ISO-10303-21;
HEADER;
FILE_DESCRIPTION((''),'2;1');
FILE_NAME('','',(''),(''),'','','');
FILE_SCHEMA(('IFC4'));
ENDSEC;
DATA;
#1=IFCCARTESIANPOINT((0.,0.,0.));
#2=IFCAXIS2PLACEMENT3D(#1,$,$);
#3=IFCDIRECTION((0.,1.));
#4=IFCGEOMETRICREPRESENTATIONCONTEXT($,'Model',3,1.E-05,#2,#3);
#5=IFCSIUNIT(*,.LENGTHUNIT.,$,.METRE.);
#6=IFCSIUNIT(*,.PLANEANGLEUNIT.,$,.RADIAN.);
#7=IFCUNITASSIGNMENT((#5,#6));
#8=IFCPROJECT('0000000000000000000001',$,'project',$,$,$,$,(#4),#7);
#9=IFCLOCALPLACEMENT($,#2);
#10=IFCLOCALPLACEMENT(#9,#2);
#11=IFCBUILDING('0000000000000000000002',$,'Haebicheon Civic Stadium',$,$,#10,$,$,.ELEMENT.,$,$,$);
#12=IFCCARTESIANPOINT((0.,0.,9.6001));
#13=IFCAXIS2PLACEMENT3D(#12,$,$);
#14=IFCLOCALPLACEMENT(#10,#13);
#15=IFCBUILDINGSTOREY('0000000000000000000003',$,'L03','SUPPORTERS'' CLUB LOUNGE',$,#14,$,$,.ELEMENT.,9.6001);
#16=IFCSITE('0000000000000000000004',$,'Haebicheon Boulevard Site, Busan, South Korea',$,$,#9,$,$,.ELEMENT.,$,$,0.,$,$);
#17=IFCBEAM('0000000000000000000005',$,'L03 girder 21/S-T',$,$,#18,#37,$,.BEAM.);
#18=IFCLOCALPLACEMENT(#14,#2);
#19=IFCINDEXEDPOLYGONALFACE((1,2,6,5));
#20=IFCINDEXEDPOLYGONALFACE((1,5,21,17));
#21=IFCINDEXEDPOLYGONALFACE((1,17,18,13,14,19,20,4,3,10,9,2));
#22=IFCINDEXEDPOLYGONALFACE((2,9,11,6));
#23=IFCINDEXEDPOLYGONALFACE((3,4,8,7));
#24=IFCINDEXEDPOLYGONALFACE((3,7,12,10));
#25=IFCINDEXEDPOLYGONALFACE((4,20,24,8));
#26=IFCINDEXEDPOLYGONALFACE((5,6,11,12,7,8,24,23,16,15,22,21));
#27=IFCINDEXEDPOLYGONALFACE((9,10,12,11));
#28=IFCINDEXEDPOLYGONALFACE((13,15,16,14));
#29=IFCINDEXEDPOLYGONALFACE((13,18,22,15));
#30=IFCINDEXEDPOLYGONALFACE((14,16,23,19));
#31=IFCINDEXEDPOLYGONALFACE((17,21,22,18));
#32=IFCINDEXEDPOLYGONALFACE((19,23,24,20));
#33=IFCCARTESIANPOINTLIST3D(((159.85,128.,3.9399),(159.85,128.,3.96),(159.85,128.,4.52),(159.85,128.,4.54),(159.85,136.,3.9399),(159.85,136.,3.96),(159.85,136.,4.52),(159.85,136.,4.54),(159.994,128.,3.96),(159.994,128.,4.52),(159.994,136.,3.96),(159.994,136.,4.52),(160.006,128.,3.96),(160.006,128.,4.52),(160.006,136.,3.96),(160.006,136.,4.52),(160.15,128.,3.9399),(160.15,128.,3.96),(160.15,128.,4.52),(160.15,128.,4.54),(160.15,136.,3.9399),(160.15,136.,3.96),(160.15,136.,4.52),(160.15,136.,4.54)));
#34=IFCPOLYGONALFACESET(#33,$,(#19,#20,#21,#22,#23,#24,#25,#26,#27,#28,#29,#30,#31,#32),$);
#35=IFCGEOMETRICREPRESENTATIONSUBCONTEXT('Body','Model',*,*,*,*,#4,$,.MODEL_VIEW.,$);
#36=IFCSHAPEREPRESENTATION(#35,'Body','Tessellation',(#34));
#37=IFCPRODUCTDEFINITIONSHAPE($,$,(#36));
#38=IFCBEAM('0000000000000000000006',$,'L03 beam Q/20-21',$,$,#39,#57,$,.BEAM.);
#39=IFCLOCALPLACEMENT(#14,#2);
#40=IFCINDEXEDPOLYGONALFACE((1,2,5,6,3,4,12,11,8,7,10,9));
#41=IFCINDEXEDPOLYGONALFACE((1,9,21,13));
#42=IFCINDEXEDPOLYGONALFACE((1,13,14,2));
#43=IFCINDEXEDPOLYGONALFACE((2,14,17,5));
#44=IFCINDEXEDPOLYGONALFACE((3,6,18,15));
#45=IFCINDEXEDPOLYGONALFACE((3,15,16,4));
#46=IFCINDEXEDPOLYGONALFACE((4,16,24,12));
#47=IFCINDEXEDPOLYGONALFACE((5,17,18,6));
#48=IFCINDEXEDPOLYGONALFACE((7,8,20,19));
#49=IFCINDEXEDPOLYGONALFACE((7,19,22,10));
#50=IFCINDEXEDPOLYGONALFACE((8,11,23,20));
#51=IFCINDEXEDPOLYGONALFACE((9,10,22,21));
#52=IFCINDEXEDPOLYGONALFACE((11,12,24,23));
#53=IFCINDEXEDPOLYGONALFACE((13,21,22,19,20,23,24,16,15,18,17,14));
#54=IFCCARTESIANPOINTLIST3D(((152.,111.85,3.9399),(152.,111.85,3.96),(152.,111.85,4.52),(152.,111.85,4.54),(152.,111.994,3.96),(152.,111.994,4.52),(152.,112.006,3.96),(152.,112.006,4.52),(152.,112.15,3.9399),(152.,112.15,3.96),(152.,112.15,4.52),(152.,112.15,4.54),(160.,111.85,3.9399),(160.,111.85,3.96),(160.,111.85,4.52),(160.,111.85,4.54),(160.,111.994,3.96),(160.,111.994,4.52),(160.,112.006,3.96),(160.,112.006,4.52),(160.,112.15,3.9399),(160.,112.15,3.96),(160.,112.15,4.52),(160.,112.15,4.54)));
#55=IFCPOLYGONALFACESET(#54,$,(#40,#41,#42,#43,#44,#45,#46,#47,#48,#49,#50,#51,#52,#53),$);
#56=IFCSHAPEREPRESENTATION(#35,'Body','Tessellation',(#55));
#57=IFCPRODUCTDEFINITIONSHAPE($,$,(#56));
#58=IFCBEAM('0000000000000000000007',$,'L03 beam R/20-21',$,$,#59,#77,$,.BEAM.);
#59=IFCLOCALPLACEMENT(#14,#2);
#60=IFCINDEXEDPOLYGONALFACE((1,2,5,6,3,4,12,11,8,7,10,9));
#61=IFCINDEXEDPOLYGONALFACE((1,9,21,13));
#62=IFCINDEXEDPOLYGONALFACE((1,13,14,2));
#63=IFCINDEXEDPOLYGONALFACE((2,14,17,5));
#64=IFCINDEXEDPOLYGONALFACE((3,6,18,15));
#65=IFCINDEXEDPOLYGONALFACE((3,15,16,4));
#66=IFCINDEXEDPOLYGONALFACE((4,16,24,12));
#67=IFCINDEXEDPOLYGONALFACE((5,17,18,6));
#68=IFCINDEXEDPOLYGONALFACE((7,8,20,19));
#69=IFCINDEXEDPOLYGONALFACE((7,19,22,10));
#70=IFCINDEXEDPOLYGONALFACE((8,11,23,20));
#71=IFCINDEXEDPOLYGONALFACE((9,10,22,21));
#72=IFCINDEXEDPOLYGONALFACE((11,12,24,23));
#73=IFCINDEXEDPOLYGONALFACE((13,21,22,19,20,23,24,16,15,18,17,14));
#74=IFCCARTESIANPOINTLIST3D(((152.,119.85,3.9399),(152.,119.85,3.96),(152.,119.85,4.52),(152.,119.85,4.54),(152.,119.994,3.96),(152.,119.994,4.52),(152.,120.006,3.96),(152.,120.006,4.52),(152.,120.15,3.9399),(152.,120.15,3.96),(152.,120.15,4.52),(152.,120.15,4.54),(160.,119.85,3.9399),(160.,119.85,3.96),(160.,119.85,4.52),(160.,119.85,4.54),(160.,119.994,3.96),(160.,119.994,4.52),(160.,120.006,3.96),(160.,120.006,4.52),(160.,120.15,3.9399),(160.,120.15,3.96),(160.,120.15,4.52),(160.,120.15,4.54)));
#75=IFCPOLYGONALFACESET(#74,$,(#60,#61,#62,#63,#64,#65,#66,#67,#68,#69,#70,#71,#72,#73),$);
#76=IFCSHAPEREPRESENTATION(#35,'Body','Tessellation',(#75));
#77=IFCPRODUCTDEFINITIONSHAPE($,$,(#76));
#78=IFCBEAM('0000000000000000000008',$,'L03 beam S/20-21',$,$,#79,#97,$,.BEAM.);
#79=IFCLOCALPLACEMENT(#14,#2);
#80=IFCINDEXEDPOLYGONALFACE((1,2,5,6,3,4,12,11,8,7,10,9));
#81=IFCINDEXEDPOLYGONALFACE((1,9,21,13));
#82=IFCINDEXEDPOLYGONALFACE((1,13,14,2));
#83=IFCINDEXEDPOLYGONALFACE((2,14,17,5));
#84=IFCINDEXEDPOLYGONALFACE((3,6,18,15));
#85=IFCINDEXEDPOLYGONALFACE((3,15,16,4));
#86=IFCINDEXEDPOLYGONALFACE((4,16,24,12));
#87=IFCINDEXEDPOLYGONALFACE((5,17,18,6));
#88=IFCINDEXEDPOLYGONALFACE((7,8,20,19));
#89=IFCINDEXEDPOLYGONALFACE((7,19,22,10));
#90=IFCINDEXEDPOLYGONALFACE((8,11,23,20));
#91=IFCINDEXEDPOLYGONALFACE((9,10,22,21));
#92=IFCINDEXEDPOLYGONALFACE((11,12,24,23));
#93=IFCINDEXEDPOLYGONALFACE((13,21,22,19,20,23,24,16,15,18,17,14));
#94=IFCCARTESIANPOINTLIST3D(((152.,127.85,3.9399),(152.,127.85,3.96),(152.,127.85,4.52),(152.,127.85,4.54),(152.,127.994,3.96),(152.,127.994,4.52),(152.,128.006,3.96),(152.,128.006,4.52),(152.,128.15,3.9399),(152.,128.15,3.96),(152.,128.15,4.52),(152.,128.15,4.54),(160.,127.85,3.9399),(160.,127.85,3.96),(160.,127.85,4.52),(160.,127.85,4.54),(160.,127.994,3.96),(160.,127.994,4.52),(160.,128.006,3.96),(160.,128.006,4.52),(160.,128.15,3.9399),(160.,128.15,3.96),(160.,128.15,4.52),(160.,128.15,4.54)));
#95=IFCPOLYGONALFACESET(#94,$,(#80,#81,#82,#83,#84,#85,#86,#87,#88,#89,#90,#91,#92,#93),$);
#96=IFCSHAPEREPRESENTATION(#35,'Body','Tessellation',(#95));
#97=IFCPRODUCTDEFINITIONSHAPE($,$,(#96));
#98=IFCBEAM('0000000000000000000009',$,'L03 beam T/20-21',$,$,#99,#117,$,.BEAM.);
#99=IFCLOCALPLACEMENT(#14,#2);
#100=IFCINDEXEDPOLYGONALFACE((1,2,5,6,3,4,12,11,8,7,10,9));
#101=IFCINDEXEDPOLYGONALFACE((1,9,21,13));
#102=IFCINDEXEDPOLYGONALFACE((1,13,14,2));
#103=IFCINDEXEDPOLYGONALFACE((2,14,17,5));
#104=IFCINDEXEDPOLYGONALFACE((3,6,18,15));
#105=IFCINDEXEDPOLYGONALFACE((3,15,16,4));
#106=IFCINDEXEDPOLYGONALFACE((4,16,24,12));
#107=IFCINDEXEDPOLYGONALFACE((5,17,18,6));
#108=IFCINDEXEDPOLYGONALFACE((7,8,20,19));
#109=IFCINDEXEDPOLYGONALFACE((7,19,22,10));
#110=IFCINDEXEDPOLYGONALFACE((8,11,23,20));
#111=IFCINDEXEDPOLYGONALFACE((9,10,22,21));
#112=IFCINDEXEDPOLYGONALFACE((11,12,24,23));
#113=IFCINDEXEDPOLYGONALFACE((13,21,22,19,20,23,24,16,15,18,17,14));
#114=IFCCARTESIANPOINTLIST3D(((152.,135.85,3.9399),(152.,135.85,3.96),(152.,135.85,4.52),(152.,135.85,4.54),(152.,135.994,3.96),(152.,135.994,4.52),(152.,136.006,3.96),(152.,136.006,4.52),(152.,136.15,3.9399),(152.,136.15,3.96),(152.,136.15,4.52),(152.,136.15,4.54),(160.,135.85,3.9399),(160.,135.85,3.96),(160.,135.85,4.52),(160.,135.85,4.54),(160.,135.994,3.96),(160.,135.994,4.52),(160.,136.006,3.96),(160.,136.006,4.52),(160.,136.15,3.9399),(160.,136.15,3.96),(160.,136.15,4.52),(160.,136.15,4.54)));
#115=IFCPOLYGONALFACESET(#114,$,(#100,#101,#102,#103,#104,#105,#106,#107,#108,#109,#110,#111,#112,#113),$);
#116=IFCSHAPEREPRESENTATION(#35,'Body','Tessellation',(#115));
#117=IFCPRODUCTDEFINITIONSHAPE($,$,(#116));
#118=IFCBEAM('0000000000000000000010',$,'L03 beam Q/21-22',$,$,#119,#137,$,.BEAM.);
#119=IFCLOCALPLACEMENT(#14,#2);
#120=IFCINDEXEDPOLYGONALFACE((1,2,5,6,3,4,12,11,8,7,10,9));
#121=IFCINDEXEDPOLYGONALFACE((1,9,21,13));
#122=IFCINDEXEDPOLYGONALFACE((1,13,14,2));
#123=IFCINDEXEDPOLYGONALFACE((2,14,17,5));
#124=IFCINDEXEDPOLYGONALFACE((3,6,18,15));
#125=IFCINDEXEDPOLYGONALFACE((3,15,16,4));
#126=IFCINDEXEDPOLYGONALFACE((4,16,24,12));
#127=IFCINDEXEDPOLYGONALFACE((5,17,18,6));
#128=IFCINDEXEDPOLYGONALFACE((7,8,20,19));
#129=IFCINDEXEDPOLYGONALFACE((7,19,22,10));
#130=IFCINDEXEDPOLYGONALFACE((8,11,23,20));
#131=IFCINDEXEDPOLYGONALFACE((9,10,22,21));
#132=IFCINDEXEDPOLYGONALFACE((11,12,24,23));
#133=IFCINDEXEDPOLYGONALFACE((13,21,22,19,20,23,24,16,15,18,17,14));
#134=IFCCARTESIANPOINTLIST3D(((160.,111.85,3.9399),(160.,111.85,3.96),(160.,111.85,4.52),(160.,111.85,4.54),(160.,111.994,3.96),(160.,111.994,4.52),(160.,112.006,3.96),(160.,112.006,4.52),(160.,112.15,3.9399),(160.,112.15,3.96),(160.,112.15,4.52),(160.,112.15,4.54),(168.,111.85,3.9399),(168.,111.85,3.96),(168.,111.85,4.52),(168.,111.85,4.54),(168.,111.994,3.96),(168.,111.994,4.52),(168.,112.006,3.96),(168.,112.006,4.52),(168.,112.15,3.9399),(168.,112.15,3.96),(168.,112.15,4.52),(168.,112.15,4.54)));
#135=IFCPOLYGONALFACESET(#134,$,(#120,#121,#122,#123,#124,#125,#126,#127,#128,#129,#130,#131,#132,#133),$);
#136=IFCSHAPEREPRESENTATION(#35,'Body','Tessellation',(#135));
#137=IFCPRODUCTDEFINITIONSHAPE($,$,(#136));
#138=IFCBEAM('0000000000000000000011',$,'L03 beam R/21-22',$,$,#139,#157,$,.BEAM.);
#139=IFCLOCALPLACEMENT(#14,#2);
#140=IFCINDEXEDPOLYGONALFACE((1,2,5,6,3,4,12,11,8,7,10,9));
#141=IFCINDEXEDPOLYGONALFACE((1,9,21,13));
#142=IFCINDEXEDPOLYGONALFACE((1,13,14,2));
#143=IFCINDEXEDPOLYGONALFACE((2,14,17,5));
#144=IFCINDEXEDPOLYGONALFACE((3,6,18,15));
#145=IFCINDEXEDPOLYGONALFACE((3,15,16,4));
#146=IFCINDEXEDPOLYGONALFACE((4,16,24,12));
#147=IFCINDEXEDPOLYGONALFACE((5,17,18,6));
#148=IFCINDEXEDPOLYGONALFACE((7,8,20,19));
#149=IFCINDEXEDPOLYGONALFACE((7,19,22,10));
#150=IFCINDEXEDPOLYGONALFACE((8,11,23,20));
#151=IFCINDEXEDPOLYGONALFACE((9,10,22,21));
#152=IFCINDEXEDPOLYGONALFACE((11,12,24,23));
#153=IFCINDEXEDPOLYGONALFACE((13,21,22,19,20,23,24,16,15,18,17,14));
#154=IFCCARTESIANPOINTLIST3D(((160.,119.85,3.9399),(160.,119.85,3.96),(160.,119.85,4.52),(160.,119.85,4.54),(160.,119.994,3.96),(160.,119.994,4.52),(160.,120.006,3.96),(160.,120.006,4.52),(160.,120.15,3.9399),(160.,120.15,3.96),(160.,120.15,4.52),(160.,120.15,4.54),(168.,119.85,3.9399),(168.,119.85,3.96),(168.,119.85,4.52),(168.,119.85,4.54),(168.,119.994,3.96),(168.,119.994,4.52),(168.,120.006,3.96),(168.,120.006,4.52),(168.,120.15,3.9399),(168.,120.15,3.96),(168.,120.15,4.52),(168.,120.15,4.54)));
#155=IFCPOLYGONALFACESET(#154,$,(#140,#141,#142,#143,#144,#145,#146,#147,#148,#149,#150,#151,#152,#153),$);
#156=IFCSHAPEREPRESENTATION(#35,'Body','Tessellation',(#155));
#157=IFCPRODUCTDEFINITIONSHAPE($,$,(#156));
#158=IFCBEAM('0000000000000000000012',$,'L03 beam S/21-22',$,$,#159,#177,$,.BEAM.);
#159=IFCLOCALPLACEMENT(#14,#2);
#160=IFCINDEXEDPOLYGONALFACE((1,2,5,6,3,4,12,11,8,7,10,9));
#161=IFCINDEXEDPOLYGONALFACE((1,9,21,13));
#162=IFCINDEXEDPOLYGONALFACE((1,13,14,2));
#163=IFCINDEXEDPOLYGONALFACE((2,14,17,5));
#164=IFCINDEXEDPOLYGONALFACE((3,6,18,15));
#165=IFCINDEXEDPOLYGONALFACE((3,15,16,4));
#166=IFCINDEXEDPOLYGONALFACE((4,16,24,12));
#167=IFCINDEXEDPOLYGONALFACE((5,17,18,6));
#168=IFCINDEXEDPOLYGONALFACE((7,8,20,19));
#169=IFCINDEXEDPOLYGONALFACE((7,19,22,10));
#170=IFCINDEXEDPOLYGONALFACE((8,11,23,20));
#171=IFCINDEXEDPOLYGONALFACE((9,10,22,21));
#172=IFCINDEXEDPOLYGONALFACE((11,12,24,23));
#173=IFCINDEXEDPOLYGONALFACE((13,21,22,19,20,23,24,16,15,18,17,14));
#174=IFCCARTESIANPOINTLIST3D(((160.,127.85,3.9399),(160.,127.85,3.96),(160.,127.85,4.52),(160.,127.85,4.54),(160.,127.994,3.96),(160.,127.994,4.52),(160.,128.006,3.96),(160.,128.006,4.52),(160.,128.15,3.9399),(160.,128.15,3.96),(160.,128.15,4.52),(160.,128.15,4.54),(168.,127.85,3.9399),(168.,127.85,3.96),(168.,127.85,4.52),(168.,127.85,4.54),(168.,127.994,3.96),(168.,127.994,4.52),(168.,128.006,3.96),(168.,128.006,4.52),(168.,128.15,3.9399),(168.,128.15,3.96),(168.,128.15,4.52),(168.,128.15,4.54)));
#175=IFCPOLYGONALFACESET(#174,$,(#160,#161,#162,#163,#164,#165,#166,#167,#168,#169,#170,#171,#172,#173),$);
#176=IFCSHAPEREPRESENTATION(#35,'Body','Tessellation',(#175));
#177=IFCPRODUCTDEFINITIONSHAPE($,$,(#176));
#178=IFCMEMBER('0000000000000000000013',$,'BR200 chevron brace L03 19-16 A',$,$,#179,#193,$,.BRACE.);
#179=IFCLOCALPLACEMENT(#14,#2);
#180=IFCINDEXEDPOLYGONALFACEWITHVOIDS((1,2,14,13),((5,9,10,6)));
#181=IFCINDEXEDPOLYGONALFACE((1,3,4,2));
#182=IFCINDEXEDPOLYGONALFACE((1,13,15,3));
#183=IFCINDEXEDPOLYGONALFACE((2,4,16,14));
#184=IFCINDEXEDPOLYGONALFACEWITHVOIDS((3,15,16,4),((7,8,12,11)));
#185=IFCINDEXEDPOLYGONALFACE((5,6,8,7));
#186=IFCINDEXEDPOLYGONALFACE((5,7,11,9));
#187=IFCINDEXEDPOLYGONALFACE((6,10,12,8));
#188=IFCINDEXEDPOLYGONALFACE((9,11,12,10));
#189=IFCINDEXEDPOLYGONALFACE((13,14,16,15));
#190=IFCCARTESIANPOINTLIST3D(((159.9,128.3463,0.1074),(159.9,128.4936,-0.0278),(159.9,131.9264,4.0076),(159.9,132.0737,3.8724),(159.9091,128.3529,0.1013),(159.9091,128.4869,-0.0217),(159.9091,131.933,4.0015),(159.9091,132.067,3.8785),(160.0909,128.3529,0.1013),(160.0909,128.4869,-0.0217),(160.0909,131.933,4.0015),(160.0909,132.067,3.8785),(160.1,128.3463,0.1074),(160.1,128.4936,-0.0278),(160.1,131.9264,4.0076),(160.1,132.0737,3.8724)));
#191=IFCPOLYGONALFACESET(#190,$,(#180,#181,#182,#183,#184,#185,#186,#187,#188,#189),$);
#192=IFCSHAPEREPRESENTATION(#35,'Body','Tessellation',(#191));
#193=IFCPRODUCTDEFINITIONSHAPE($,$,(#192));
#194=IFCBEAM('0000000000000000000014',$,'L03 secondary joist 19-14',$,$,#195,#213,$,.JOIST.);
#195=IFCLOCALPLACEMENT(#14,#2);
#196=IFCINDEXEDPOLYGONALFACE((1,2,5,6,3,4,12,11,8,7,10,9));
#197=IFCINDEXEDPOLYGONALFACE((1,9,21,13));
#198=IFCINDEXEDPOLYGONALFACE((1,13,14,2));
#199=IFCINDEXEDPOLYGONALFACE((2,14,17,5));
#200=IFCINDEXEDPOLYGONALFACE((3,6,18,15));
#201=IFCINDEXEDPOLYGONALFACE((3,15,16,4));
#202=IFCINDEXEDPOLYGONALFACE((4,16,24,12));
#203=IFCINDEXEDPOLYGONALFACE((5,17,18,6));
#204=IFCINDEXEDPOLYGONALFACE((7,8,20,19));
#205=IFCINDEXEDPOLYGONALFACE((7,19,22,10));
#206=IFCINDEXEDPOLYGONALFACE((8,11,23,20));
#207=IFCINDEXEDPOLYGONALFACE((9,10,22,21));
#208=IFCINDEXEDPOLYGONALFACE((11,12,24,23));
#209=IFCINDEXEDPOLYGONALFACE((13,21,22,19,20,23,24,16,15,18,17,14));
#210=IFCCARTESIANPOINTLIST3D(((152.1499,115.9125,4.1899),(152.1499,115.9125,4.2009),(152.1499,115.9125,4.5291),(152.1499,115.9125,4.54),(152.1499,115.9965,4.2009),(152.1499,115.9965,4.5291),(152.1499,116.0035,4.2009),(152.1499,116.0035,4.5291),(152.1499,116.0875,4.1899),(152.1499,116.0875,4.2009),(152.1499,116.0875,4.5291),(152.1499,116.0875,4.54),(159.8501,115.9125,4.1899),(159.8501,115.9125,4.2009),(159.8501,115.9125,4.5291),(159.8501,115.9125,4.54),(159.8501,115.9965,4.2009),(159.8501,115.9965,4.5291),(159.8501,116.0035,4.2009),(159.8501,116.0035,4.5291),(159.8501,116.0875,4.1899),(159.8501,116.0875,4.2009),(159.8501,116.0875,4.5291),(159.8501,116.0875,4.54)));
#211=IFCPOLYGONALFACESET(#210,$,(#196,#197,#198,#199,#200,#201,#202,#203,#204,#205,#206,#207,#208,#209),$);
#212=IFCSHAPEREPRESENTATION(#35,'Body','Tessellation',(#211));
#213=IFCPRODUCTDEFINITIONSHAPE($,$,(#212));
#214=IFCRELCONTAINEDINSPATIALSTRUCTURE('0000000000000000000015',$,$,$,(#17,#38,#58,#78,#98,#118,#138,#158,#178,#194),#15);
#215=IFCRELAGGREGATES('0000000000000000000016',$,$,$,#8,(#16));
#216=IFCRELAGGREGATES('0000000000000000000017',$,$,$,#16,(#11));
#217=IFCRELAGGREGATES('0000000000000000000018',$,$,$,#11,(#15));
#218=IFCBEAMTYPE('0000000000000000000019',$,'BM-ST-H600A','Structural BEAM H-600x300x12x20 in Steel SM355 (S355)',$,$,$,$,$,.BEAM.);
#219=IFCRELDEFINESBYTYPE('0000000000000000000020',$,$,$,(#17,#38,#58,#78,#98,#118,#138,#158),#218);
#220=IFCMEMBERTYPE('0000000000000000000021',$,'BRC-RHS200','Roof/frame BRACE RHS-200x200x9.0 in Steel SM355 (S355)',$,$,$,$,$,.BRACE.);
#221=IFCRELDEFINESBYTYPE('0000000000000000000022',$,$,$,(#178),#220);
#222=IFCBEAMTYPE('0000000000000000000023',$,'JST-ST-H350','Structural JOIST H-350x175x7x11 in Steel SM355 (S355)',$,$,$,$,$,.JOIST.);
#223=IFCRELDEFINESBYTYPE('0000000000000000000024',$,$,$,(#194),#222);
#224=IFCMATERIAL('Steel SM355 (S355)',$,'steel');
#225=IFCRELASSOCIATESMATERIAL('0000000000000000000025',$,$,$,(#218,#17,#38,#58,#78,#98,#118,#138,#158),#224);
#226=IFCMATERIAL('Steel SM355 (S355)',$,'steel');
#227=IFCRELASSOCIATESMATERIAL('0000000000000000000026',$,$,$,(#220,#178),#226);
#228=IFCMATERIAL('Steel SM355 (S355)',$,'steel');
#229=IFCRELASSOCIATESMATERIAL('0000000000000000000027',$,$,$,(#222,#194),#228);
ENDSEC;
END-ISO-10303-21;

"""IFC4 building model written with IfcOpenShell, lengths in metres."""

from ifc_helpers import new_model, si_unit, direction, frame, origin, origin_2d, place, context, subcontext, project, spatial, hollow_rectangle, i_section, extrude, material, material_profile, profile_set, type_object, element, save


model = new_model("IFC4")

# Units and contexts
model_context = context("Model", 3, precision=1e-05, world=origin(), true_north=direction((0.0, 1.0)))
body_context = subcontext(model_context, "Body", "Model", "MODEL_VIEW")
ifc_project = project(units=[si_unit("LENGTHUNIT", "METRE"), si_unit("PLANEANGLEUNIT", "RADIAN")], contexts=[model_context])

# Site, building, storey
site_placement = place(None, origin())
site = spatial("IfcSite", under=ifc_project, at=site_placement, Name="Haebicheon Boulevard Site, Busan, South Korea", CompositionType="ELEMENT", RefElevation=0.0)
building_placement = place(site_placement, origin())
building = spatial("IfcBuilding", under=site, at=building_placement, Name="Haebicheon Civic Stadium", CompositionType="ELEMENT")
storey_placement = place(building_placement, frame((0.0, 0.0, 9.6001)))
storey = spatial("IfcBuildingStorey", under=building, at=storey_placement, Name="L03", Description="SUPPORTERS' CLUB LOUNGE", CompositionType="ELEMENT", Elevation=9.6001)

# Beams
ifc_material_1 = material(Name="Steel SM355 (S355)", Category="steel")
ifc_material_profile_1 = material_profile(ifc_material_1, i_section(OverallWidth=0.3, OverallDepth=0.6001, WebThickness=0.012, FlangeThickness=0.02, at=origin_2d()), Name="H-600x300x12x20")
ifc_profile_set_1 = profile_set([ifc_material_profile_1], Name="Steel SM355 (S355)")
beam_type_1 = type_object("IfcBeamType", Name="BM-ST-H600A", Description="Structural BEAM H-600x300x12x20 in Steel SM355 (S355)", PredefinedType="BEAM", material=ifc_profile_set_1)
for number, where, z_axis, x_axis, name in (
    (1, (160.0, 128.0, 4.24), (0.0, 1.0, 0.0), (-1.0, 0.0, 0.0), "L03 girder 21/S-T"),
    (2, (152.0, 112.0, 4.24), (1.0, 0.0, 0.0), (0.0, 1.0, 0.0), "L03 beam Q/20-21"),
    (3, (152.0, 120.0, 4.24), (1.0, 0.0, 0.0), (0.0, 1.0, 0.0), "L03 beam R/20-21"),
    (4, (152.0, 128.0, 4.24), (1.0, 0.0, 0.0), (0.0, 1.0, 0.0), "L03 beam S/20-21"),
    (5, (152.0, 136.0, 4.24), (1.0, 0.0, 0.0), (0.0, 1.0, 0.0), "L03 beam T/20-21"),
    (6, (160.0, 112.0, 4.24), (1.0, 0.0, 0.0), (0.0, 1.0, 0.0), "L03 beam Q/21-22"),
    (7, (160.0, 120.0, 4.24), (1.0, 0.0, 0.0), (0.0, 1.0, 0.0), "L03 beam R/21-22"),
    (8, (160.0, 128.0, 4.24), (1.0, 0.0, 0.0), (0.0, 1.0, 0.0), "L03 beam S/21-22"),
):
    element("IfcBeam", number, at=place(storey_placement, frame(where, z_axis=z_axis, x_axis=x_axis)), inside=storey, type_object=beam_type_1, material=ifc_profile_set_1, Name=name, PredefinedType="BEAM", context=body_context, shape_type="SweptSolid", body=[
        extrude(i_section(OverallWidth=0.3, OverallDepth=0.6001, WebThickness=0.012, FlangeThickness=0.02, at=origin_2d()), origin(), (0.0, 0.0, 1.0), 8.0),
    ])

# Member
ifc_material_2 = material(Name="Steel SM355 (S355)", Category="steel")
ifc_material_profile_2 = material_profile(ifc_material_2, hollow_rectangle(XDim=0.2, YDim=0.2, WallThickness=0.009, at=origin_2d()), Name="RHS-200x200x9.0")
ifc_profile_set_2 = profile_set([ifc_material_profile_2], Name="Steel SM355 (S355)")
member_type = type_object("IfcMemberType", Name="BRC-RHS200", Description="Roof/frame BRACE RHS-200x200x9.0 in Steel SM355 (S355)", PredefinedType="BRACE", material=ifc_profile_set_2)
member_placement = place(storey_placement, frame((160.0, 128.4199, 0.0398), z_axis=(0.0, 0.676232, 0.736689), x_axis=(-1.0, 0.0, 0.0)))
element("IfcMember", 9, at=member_placement, inside=storey, type_object=member_type, material=ifc_profile_set_2, Name="BR200 chevron brace L03 19-16 A", PredefinedType="BRACE", context=body_context, shape_type="SweptSolid", body=[
    extrude(hollow_rectangle(XDim=0.2, YDim=0.2, WallThickness=0.009, at=origin_2d()), origin(), (0.0, 0.0, 1.0), 5.2942),
])

# Beam
ifc_material_3 = material(Name="Steel SM355 (S355)", Category="steel")
ifc_material_profile_3 = material_profile(ifc_material_3, i_section(OverallWidth=0.175, OverallDepth=0.3501, WebThickness=0.0071, FlangeThickness=0.011, at=origin_2d()), Name="H-350x175x7x11")
ifc_profile_set_3 = profile_set([ifc_material_profile_3], Name="Steel SM355 (S355)")
beam_type_2 = type_object("IfcBeamType", Name="JST-ST-H350", Description="Structural JOIST H-350x175x7x11 in Steel SM355 (S355)", PredefinedType="JOIST", material=ifc_profile_set_3)
for number, where, z_axis, x_axis, name in (
    (10, (152.1499, 116.0, 4.365), (1.0, 0.0, 0.0), (0.0, 1.0, 0.0), "L03 secondary joist 19-14"),
):
    element("IfcBeam", number, at=place(storey_placement, frame(where, z_axis=z_axis, x_axis=x_axis)), inside=storey, type_object=beam_type_2, material=ifc_profile_set_3, Name=name, PredefinedType="JOIST", context=body_context, shape_type="SweptSolid", body=[
        extrude(i_section(OverallWidth=0.175, OverallDepth=0.3501, WebThickness=0.0071, FlangeThickness=0.011, at=origin_2d()), origin(), (0.0, 0.0, 1.0), 7.7002),
    ])

save(model, "model.ifc")
